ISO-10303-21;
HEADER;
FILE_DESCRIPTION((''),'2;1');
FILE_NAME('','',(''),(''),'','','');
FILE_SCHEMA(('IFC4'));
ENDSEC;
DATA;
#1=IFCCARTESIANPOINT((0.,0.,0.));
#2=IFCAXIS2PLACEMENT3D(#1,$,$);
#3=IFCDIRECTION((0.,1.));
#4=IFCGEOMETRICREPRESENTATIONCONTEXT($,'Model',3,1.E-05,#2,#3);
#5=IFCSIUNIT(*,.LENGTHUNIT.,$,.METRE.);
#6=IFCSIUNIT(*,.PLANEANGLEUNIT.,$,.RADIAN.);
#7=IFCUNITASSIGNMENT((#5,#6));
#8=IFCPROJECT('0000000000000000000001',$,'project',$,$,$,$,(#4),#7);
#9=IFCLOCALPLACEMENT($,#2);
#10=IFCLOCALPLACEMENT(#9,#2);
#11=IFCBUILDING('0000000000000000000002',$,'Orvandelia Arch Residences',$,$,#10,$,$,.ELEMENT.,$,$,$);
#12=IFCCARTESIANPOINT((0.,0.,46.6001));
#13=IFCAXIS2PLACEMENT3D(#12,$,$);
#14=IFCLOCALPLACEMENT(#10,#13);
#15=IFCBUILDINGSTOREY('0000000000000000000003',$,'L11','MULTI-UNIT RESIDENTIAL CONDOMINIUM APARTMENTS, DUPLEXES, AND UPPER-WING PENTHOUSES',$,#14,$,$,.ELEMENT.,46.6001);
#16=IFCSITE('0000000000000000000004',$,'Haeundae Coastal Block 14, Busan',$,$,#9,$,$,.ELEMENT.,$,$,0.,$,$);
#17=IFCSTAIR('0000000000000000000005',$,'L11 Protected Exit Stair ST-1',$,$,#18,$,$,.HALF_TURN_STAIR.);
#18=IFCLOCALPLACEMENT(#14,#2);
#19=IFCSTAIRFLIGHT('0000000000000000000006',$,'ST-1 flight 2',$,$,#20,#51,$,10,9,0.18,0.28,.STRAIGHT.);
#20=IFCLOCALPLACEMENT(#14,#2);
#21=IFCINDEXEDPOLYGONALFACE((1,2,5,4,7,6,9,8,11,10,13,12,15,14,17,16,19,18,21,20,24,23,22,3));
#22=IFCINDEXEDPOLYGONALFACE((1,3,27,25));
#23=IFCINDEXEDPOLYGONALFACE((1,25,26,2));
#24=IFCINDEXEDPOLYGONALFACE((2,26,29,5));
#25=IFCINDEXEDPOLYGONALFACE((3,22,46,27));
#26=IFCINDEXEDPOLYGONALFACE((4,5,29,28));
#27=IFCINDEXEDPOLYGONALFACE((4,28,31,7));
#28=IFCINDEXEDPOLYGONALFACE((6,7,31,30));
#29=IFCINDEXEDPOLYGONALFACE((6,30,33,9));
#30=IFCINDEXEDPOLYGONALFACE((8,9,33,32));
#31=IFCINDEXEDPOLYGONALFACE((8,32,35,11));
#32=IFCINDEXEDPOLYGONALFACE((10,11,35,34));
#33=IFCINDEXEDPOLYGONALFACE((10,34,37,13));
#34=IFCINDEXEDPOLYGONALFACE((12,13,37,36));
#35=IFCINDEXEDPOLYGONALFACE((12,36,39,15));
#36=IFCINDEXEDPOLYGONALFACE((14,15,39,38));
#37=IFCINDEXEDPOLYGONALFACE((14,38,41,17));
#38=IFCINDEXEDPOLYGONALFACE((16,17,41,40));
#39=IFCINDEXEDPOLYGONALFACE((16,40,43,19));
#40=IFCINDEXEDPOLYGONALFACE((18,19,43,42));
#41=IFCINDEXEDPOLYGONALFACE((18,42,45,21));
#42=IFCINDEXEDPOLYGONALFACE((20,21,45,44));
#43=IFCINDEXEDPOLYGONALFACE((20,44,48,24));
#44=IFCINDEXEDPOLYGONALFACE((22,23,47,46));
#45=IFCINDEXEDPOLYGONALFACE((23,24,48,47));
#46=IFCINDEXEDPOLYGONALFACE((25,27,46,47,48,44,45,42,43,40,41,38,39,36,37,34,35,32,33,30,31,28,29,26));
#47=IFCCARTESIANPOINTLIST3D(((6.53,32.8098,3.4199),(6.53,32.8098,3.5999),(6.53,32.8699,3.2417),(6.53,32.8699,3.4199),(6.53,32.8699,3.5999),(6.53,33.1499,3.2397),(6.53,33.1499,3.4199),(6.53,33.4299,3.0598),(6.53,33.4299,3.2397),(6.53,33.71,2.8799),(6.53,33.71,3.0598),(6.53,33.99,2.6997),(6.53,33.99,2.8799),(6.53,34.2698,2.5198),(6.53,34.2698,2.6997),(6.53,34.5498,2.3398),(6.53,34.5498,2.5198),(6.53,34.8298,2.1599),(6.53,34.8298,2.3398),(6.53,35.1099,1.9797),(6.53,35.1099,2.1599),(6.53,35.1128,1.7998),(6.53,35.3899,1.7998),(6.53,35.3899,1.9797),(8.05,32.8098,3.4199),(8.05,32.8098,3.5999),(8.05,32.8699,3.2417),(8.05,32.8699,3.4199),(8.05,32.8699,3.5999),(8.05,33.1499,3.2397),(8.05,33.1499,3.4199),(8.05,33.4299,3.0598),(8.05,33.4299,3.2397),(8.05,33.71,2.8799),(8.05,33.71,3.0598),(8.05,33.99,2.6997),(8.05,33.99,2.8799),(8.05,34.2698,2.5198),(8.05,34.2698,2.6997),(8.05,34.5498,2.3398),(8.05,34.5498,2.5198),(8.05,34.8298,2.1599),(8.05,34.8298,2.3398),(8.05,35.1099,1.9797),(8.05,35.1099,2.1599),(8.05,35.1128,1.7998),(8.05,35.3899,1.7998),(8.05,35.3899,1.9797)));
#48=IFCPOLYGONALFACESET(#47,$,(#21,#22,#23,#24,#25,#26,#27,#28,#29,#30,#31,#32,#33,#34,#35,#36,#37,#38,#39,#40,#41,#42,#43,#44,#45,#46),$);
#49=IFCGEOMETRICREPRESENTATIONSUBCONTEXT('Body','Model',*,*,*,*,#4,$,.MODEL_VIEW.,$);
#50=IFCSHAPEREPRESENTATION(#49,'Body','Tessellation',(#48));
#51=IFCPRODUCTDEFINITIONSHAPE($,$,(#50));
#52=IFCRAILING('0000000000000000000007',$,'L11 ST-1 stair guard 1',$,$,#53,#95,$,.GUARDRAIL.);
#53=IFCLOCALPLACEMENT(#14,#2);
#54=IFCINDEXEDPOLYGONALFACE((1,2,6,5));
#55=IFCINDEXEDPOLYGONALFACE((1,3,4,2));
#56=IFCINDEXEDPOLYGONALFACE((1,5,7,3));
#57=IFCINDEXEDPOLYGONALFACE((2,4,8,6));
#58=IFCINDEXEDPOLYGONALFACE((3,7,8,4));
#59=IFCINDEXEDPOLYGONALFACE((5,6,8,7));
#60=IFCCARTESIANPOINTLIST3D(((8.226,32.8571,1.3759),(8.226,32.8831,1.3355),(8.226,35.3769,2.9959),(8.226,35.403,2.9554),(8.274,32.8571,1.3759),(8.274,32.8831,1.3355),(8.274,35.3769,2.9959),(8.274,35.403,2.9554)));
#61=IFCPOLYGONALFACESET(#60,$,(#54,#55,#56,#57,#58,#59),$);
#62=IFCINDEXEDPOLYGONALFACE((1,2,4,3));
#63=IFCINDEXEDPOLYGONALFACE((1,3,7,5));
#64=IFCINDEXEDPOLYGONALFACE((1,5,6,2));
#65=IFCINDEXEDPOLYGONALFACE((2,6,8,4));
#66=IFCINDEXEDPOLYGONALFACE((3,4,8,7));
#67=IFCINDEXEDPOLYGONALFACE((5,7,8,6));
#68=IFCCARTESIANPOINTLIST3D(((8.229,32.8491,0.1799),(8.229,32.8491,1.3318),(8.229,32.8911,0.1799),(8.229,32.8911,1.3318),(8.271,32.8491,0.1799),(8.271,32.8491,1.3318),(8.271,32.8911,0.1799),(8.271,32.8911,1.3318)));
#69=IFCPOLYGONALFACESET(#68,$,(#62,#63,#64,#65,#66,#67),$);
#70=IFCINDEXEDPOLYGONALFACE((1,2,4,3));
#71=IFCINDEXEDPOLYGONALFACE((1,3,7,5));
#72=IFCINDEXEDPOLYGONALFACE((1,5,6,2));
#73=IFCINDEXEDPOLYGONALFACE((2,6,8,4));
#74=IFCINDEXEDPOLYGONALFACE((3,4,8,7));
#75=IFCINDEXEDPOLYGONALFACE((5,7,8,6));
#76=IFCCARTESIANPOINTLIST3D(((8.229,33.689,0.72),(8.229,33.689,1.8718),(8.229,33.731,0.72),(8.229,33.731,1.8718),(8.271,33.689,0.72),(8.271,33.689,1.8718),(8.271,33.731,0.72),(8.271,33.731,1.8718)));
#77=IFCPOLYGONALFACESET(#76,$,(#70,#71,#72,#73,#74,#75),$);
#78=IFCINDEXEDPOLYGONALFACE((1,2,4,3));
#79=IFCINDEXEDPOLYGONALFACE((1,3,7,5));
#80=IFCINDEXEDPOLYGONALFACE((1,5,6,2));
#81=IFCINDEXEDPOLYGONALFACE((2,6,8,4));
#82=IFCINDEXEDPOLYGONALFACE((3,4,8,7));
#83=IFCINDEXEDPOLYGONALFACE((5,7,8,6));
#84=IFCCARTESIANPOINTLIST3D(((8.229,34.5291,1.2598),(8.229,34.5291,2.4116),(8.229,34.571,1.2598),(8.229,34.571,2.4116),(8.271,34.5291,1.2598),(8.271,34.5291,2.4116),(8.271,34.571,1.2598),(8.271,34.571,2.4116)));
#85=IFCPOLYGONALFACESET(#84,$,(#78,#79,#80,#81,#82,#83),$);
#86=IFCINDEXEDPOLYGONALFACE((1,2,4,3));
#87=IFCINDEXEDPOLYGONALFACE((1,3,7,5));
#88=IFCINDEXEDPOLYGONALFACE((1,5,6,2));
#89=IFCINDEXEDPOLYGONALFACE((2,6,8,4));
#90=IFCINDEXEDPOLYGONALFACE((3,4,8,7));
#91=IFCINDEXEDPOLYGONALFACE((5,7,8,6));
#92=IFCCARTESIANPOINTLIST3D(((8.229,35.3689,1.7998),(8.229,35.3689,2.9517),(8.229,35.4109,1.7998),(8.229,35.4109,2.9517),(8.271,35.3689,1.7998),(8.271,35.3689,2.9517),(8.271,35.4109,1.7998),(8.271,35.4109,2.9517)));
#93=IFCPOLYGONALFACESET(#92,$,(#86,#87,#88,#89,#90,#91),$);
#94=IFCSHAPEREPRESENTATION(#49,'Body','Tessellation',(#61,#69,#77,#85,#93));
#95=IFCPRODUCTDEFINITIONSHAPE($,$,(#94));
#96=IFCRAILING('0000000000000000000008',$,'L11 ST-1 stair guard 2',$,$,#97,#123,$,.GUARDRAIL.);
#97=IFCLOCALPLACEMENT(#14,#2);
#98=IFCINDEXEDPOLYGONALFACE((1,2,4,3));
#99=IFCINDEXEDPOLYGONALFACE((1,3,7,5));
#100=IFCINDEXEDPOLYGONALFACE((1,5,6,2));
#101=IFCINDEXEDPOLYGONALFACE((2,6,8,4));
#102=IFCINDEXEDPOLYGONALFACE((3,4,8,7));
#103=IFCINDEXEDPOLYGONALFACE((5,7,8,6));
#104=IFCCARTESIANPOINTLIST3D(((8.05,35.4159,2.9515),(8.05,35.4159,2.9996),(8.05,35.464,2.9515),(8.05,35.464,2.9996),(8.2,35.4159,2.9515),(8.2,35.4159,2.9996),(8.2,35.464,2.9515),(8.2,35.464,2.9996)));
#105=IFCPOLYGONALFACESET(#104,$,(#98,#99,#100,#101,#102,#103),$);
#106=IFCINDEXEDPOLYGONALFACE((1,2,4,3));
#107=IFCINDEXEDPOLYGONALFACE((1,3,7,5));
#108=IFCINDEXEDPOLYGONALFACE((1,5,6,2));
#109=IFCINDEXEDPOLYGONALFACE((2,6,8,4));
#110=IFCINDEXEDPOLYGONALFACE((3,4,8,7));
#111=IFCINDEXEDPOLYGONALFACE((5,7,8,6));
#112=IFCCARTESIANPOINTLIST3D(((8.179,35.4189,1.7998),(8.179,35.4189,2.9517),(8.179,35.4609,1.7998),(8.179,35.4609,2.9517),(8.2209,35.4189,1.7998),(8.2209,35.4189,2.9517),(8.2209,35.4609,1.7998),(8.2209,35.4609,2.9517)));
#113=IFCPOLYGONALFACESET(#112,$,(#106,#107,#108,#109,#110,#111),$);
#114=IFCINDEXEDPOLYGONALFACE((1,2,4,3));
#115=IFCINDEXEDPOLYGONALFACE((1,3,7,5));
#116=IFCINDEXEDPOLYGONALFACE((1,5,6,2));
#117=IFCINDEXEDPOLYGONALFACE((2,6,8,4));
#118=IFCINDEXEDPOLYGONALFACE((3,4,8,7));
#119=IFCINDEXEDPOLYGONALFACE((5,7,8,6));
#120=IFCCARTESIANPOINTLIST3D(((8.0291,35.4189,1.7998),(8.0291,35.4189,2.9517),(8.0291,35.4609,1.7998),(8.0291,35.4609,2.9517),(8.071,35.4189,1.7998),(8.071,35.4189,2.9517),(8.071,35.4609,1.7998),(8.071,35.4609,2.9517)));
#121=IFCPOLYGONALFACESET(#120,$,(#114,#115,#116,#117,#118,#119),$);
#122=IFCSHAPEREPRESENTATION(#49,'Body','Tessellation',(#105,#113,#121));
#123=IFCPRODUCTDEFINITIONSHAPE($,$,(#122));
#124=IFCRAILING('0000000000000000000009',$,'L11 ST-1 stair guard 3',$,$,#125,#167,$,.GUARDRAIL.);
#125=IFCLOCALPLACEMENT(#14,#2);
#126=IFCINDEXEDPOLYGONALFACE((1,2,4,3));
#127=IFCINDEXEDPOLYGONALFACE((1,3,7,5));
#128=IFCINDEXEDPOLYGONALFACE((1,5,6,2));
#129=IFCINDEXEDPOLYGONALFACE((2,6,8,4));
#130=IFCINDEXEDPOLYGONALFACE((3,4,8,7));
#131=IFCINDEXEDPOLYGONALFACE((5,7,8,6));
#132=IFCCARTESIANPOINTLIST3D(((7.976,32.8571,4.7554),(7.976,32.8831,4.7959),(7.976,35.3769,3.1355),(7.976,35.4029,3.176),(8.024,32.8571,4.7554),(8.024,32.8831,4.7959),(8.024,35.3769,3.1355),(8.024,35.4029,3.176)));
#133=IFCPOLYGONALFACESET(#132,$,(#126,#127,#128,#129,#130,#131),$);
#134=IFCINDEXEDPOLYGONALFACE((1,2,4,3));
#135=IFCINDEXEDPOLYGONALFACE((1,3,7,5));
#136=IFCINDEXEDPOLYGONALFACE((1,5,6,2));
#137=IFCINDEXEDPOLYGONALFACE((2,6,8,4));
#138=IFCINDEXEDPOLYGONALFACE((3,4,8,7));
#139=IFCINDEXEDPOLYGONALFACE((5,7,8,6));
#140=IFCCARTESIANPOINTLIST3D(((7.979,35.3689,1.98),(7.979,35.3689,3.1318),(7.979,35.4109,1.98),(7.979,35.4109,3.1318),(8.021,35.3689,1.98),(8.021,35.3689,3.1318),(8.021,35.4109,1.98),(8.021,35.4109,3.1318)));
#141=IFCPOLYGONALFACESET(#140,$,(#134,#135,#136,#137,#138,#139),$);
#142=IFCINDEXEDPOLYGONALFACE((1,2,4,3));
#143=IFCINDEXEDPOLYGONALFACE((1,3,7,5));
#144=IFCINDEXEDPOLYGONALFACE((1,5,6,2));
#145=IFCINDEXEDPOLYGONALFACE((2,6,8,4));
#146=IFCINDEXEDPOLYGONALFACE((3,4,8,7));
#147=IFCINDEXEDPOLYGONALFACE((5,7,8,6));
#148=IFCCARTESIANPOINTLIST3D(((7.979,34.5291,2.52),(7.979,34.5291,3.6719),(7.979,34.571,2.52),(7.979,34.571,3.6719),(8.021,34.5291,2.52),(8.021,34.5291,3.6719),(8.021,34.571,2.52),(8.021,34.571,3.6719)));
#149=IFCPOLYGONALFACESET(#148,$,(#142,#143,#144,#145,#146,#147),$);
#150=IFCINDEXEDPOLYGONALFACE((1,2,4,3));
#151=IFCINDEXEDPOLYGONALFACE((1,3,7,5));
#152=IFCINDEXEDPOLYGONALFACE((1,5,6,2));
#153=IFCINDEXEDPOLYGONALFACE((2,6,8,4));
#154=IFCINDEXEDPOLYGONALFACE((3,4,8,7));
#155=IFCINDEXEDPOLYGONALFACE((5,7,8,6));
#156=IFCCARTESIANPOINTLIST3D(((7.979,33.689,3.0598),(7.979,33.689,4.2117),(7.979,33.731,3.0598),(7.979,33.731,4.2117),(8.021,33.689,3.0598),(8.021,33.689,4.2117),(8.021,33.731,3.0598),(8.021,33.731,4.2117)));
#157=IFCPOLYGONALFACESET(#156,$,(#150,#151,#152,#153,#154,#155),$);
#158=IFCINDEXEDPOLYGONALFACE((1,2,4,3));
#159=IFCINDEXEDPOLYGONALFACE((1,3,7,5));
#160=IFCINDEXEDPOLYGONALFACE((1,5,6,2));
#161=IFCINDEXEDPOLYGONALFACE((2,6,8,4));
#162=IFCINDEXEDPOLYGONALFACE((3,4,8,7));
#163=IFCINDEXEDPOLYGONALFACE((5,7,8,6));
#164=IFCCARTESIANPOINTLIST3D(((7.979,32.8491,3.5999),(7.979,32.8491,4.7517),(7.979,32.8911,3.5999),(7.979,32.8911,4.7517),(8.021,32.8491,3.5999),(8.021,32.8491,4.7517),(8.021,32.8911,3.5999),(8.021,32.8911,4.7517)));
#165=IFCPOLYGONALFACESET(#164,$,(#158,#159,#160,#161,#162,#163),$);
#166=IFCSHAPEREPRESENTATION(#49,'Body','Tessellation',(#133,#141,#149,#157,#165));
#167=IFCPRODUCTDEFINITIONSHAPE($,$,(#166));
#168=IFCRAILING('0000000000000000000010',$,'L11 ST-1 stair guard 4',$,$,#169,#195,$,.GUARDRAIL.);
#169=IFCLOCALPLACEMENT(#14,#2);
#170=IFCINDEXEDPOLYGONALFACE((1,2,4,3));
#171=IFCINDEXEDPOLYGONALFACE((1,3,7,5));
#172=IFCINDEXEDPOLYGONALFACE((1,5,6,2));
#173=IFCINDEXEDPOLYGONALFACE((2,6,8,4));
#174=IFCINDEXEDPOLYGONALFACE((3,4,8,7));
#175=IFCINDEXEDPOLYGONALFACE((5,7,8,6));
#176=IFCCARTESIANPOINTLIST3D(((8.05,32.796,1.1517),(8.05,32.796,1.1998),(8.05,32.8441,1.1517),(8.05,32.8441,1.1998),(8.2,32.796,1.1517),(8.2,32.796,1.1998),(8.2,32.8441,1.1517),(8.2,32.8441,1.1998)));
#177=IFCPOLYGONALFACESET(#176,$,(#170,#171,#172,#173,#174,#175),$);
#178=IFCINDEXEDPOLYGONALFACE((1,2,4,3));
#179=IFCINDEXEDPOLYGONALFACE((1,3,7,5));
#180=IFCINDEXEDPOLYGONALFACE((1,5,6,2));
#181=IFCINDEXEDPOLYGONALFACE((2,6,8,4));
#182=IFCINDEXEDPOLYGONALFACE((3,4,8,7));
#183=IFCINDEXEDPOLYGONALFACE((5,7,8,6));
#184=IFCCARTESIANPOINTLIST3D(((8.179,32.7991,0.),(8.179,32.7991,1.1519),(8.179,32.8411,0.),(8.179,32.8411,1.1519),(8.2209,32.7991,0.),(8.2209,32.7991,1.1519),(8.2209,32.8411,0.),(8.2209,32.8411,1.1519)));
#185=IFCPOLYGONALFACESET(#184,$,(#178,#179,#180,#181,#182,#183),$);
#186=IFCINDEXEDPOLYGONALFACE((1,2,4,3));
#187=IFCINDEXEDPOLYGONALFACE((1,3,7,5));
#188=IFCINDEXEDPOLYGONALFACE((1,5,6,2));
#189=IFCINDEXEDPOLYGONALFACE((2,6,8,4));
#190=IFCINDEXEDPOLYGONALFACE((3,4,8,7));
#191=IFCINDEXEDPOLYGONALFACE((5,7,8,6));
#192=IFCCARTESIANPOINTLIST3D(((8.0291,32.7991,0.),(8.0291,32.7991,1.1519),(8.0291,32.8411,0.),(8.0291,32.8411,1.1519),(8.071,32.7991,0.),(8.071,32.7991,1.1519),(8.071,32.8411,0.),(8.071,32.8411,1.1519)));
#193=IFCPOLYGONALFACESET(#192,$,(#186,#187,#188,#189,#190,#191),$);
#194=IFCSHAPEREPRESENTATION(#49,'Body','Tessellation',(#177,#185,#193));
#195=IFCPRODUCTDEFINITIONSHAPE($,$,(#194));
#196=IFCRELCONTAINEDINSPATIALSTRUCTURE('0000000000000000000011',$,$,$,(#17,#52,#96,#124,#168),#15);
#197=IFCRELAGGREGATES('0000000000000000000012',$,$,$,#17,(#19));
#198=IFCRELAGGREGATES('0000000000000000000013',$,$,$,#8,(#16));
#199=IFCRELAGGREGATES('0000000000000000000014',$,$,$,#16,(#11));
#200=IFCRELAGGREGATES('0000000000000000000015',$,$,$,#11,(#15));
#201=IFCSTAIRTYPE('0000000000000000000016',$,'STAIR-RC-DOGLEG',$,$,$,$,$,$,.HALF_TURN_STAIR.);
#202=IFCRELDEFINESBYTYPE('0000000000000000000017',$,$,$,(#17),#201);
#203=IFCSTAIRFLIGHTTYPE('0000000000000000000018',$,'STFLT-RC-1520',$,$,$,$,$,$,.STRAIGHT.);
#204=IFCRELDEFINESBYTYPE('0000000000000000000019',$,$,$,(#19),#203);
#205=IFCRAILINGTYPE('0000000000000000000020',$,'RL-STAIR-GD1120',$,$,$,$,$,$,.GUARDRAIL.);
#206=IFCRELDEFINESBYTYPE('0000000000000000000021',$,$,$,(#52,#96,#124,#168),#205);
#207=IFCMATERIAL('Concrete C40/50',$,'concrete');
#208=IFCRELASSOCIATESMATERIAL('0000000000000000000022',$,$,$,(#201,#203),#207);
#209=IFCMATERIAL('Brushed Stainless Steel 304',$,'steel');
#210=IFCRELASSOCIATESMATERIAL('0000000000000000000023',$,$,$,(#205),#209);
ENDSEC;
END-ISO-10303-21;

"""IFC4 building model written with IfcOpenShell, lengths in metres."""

from ifc_helpers import new_model, si_unit, direction, frame, origin, origin_2d, place, context, subcontext, project, spatial, polyline, rectangle, outline, extrude, material, type_object, element, aggregate, save


model = new_model("IFC4")

# Units and contexts
model_context = context("Model", 3, precision=1e-05, world=origin(), true_north=direction((0.0, 1.0)))
body_context = subcontext(model_context, "Body", "Model", "MODEL_VIEW")
ifc_project = project(units=[si_unit("LENGTHUNIT", "METRE"), si_unit("PLANEANGLEUNIT", "RADIAN")], contexts=[model_context])

# Site, building, storey
site_placement = place(None, origin())
site = spatial("IfcSite", under=ifc_project, at=site_placement, Name="Haeundae Coastal Block 14, Busan", CompositionType="ELEMENT", RefElevation=0.0)
building_placement = place(site_placement, origin())
building = spatial("IfcBuilding", under=site, at=building_placement, Name="Orvandelia Arch Residences", CompositionType="ELEMENT")
storey_placement = place(building_placement, frame((0.0, 0.0, 46.6001)))
storey = spatial("IfcBuildingStorey", under=building, at=storey_placement, Name="L11", Description="MULTI-UNIT RESIDENTIAL CONDOMINIUM APARTMENTS, DUPLEXES, AND UPPER-WING PENTHOUSES", CompositionType="ELEMENT", Elevation=46.6001)

# Stair, stair flight
ifc_material_1 = material(Name="Concrete C40/50", Category="concrete")
stair_type = type_object("IfcStairType", Name="STAIR-RC-DOGLEG", PredefinedType="HALF_TURN_STAIR", material=ifc_material_1)
stair_placement = place(storey_placement, origin())
stair = element("IfcStair", 1, at=stair_placement, inside=storey, type_object=stair_type, Name="L11 Protected Exit Stair ST-1", PredefinedType="HALF_TURN_STAIR")
stair_flight_type = type_object("IfcStairFlightType", Name="STFLT-RC-1520", PredefinedType="STRAIGHT", material=ifc_material_1)
stair_flight_1_placement = place(storey_placement, frame((7.29, 35.3899, 1.7998), z_axis=(0.0, 0.0, 1.0), x_axis=(0.0, -1.0, 0.0)))
stair_flight_1 = element("IfcStairFlight", 2, at=stair_flight_1_placement, type_object=stair_flight_type, Name="ST-1 flight 2", NumberOfRisers=10, NumberOfTreads=9, PredefinedType="STRAIGHT", RiserHeight=0.18, TreadLength=0.28, context=body_context, shape_type="SweptSolid", body=[
    extrude(outline(polyline([(0.0, 0.0), (0.0, 0.1799), (0.28, 0.1799), (0.28, 0.3601), (0.5601, 0.3601), (0.5601, 0.54), (0.8401, 0.54), (0.8401, 0.72), (1.1201, 0.72), (1.1201, 0.8999), (1.3999, 0.8999), (1.3999, 1.0801), (1.6799, 1.0801), (1.6799, 1.26), (1.96, 1.26), (1.96, 1.4399), (2.24, 1.4399), (2.24, 1.6201), (2.52, 1.6201), (2.52, 1.8), (2.5801, 1.8), (2.5801, 1.6201), (2.52, 1.4419), (0.2771, 0.0), (0.0, 0.0)])), frame((0.0, 0.76, 0.0), z_axis=(0.0, -1.0, 0.0), x_axis=(1.0, 0.0, 0.0)), (0.0, 0.0, 1.0), 1.52),
])
aggregate(stair, [stair_flight_1])

# Railings
ifc_material_2 = material(Name="Brushed Stainless Steel 304", Category="steel")
railing_type_1 = type_object("IfcRailingType", Name="RL-STAIR-GD1120", PredefinedType="GUARDRAIL", material=ifc_material_2)
railing_1_placement = place(storey_placement, frame((8.25, 32.8701, 0.1799)))
element("IfcRailing", 3, at=railing_1_placement, inside=storey, type_object=railing_type_1, Name="L11 ST-1 stair guard 1", PredefinedType="GUARDRAIL", context=body_context, shape_type="SweptSolid", body=[
    extrude(rectangle(XDim=0.0481, YDim=0.0481, at=origin_2d()), frame((0.0, 0.0, 1.1758), z_axis=(0.0, 0.841176, 0.540762), x_axis=(-1.0, 0.0, 0.0)), (0.0, 0.0, 1.0), 2.9956),
    extrude(rectangle(XDim=0.042, YDim=0.042, at=origin_2d()), origin(), (0.0, 0.0, 1.0), 1.1519),
    extrude(rectangle(XDim=0.042, YDim=0.042, at=origin_2d()), frame((0.0, 0.8398, 0.54)), (0.0, 0.0, 1.0), 1.1519),
    extrude(rectangle(XDim=0.042, YDim=0.042, at=origin_2d()), frame((0.0, 1.6799, 1.0798)), (0.0, 0.0, 1.0), 1.1519),
    extrude(rectangle(XDim=0.042, YDim=0.042, at=origin_2d()), frame((0.0, 2.5198, 1.6199)), (0.0, 0.0, 1.0), 1.1519),
])
railing_2_placement = place(storey_placement, frame((8.2, 35.4399, 1.7998)))
element("IfcRailing", 4, at=railing_2_placement, inside=storey, type_object=railing_type_1, Name="L11 ST-1 stair guard 2", PredefinedType="GUARDRAIL", context=body_context, shape_type="SweptSolid", body=[
    extrude(rectangle(XDim=0.0481, YDim=0.0481, at=origin_2d()), frame((0.0, 0.0, 1.1758), z_axis=(-1.0, 0.0, 0.0), x_axis=(0.0, -1.0, 0.0)), (0.0, 0.0, 1.0), 0.1499),
    extrude(rectangle(XDim=0.042, YDim=0.042, at=origin_2d()), origin(), (0.0, 0.0, 1.0), 1.1519),
    extrude(rectangle(XDim=0.042, YDim=0.042, at=origin_2d()), frame((-0.1499, 0.0, 0.0)), (0.0, 0.0, 1.0), 1.1519),
])
railing_3_placement = place(storey_placement, frame((8.0, 35.3899, 1.98)))
element("IfcRailing", 5, at=railing_3_placement, inside=storey, type_object=railing_type_1, Name="L11 ST-1 stair guard 3", PredefinedType="GUARDRAIL", context=body_context, shape_type="SweptSolid", body=[
    extrude(rectangle(XDim=0.0481, YDim=0.0481, at=origin_2d()), frame((0.0, 0.0, 1.1758), z_axis=(0.0, -0.841176, 0.540762), x_axis=(1.0, 0.0, 0.0)), (0.0, 0.0, 1.0), 2.9956),
    extrude(rectangle(XDim=0.042, YDim=0.042, at=origin_2d()), origin(), (0.0, 0.0, 1.0), 1.1519),
    extrude(rectangle(XDim=0.042, YDim=0.042, at=origin_2d()), frame((0.0, -0.8398, 0.54)), (0.0, 0.0, 1.0), 1.1519),
    extrude(rectangle(XDim=0.042, YDim=0.042, at=origin_2d()), frame((0.0, -1.6799, 1.0798)), (0.0, 0.0, 1.0), 1.1519),
    extrude(rectangle(XDim=0.042, YDim=0.042, at=origin_2d()), frame((0.0, -2.5198, 1.6199)), (0.0, 0.0, 1.0), 1.1519),
])
railing_4_placement = place(storey_placement, frame((8.2, 32.8201, 0.0)))
element("IfcRailing", 6, at=railing_4_placement, inside=storey, type_object=railing_type_1, Name="L11 ST-1 stair guard 4", PredefinedType="GUARDRAIL", context=body_context, shape_type="SweptSolid", body=[
    extrude(rectangle(XDim=0.0481, YDim=0.0481, at=origin_2d()), frame((0.0, 0.0, 1.1758), z_axis=(-1.0, 0.0, 0.0), x_axis=(0.0, -1.0, 0.0)), (0.0, 0.0, 1.0), 0.1499),
    extrude(rectangle(XDim=0.042, YDim=0.042, at=origin_2d()), origin(), (0.0, 0.0, 1.0), 1.1519),
    extrude(rectangle(XDim=0.042, YDim=0.042, at=origin_2d()), frame((-0.1499, 0.0, 0.0)), (0.0, 0.0, 1.0), 1.1519),
])

save(model, "model.ifc")
